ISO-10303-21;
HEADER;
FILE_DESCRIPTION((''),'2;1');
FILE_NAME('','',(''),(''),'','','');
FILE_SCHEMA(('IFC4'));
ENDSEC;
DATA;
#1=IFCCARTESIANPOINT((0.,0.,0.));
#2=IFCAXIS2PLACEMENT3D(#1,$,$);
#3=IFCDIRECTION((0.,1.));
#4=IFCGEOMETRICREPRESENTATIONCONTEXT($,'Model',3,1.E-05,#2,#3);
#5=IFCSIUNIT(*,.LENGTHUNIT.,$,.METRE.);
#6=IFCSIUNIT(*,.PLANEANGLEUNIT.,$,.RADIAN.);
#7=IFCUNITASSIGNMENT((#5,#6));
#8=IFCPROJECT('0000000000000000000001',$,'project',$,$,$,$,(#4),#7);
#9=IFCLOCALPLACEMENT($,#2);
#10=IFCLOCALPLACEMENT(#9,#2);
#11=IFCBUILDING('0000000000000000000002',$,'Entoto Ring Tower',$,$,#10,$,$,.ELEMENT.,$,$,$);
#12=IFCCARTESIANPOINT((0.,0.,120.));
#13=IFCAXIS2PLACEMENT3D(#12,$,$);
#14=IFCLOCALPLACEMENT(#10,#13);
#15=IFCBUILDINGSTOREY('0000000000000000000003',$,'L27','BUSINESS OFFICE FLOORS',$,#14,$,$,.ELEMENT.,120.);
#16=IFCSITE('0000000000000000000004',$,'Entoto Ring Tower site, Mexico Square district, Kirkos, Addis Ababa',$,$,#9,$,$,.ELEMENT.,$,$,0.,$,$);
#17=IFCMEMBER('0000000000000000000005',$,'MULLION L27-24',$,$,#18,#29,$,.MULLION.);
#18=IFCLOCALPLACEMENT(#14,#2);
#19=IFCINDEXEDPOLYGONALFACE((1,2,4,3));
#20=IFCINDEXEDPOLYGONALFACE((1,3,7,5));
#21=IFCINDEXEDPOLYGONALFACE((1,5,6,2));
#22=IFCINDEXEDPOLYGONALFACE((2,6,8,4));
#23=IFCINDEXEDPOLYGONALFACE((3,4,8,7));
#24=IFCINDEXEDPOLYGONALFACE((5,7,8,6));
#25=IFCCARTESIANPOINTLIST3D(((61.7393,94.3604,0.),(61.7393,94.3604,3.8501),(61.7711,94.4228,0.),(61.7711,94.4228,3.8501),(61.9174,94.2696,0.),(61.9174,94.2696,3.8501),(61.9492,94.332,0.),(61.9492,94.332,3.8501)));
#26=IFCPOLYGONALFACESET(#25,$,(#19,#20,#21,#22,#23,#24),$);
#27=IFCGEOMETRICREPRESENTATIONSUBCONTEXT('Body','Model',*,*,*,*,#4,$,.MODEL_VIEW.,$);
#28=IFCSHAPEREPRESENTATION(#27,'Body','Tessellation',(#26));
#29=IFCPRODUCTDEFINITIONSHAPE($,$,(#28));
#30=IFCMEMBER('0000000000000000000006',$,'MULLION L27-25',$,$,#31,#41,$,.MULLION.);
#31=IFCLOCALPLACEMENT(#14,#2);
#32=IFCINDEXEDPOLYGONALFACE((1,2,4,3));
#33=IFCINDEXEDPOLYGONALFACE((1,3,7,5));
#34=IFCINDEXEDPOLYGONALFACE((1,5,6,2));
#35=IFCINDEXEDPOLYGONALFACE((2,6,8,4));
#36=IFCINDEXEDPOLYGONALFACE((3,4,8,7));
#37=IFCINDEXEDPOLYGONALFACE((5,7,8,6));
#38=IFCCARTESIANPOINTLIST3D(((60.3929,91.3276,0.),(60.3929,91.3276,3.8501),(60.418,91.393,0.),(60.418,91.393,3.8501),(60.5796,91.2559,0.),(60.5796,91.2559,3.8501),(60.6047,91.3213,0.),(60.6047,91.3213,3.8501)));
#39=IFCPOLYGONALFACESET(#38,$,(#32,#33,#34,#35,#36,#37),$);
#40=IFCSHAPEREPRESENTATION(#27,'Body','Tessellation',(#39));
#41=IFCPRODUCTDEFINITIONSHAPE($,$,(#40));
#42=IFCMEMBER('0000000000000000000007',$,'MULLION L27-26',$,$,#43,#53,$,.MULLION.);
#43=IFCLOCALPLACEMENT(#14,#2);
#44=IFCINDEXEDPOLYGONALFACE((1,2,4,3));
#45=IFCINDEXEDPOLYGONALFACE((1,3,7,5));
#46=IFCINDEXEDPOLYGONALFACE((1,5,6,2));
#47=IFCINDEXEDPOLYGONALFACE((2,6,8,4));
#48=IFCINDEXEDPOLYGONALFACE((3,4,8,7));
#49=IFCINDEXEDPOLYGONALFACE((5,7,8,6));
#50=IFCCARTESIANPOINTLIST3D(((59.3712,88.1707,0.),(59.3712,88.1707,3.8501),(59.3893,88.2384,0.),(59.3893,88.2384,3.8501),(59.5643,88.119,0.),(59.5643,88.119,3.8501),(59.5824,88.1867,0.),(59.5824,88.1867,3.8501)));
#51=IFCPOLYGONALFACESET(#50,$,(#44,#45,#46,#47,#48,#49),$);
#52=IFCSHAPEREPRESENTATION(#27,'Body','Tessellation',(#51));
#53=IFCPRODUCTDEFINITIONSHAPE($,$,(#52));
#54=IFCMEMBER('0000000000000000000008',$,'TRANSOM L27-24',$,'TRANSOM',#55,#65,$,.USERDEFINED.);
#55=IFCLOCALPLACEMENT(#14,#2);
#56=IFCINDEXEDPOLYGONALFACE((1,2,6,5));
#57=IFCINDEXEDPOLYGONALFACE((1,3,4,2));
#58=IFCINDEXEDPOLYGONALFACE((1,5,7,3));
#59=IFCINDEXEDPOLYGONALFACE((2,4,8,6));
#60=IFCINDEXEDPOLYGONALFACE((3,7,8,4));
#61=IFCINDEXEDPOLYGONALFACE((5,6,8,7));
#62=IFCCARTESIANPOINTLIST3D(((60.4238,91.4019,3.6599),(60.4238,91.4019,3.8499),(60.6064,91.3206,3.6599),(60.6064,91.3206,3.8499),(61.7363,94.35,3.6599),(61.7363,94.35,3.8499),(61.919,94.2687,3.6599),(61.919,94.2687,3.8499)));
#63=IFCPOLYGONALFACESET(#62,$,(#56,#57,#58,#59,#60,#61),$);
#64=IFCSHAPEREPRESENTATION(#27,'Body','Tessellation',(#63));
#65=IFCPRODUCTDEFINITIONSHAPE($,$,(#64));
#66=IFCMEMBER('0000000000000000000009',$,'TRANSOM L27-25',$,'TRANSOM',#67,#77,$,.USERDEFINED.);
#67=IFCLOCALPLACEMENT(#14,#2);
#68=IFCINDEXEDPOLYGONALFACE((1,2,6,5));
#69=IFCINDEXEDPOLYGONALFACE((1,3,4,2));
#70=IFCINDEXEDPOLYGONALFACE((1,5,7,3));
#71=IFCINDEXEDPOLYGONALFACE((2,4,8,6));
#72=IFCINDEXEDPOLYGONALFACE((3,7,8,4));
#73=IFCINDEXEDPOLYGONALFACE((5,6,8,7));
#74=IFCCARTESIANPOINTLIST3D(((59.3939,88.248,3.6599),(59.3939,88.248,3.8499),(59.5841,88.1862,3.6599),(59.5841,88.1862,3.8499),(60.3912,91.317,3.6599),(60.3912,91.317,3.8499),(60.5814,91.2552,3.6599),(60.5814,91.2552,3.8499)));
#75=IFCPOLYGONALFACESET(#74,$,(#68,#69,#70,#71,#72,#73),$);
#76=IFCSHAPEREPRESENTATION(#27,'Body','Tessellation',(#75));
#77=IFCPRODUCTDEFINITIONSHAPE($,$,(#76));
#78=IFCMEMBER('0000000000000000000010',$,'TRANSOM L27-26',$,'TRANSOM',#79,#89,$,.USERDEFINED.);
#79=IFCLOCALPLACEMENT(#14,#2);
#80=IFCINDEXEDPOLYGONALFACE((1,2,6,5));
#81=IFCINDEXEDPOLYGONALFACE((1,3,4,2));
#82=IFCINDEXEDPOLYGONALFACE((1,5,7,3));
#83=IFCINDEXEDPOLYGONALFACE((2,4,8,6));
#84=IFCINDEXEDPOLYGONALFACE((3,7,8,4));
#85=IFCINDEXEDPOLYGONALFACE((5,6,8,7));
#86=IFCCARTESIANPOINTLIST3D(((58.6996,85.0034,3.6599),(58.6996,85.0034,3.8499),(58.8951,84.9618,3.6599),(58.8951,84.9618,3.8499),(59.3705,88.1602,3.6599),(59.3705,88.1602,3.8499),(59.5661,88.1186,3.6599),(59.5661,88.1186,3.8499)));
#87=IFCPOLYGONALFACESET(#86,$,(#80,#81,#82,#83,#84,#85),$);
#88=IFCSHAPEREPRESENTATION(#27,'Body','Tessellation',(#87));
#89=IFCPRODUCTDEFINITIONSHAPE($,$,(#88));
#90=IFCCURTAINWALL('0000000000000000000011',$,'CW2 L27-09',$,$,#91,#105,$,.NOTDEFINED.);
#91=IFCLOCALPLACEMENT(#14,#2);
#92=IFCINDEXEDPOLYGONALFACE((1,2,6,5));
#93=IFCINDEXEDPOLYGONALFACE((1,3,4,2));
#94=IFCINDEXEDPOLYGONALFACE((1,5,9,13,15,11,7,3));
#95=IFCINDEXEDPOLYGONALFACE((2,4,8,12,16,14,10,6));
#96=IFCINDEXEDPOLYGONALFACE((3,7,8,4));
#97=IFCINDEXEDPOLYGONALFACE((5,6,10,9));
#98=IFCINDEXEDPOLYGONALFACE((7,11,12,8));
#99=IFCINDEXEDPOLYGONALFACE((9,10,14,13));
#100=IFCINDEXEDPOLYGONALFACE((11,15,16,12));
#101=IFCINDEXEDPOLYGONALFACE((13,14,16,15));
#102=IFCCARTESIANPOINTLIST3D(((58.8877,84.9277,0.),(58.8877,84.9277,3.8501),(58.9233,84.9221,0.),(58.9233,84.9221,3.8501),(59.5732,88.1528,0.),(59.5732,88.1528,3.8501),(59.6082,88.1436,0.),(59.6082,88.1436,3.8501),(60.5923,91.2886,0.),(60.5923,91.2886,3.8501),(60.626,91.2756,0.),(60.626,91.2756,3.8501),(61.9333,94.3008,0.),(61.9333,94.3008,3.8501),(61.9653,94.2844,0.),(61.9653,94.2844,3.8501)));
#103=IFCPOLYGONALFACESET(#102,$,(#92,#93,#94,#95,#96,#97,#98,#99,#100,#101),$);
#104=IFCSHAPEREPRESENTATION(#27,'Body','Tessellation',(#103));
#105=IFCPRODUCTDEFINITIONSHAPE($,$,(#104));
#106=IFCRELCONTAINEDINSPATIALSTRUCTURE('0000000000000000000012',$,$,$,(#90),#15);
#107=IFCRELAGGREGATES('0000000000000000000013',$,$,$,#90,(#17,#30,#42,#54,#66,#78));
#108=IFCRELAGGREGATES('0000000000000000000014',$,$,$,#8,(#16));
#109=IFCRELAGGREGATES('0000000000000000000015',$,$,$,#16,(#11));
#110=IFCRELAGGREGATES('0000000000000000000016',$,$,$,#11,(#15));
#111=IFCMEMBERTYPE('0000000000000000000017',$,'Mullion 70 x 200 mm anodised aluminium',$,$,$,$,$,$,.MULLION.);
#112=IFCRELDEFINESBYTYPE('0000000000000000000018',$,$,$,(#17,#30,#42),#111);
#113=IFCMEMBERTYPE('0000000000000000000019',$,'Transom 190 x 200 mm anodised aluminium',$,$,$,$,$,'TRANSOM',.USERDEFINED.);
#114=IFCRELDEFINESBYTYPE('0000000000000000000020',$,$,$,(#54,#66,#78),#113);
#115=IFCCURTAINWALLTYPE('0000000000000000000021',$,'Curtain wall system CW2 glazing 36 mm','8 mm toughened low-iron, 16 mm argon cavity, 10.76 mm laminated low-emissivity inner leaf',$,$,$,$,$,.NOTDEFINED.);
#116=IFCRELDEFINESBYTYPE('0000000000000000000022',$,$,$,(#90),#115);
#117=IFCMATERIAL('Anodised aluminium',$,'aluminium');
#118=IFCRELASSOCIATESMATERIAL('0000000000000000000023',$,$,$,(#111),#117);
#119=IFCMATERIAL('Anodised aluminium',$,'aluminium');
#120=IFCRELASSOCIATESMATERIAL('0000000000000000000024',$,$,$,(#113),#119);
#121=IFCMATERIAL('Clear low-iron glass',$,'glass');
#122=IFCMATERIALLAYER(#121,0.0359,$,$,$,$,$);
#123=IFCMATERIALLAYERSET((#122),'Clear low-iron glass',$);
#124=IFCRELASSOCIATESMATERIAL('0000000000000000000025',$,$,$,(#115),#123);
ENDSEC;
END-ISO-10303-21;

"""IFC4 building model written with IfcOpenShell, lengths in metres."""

from ifc_helpers import new_model, si_unit, direction, frame, origin, origin_2d, place, context, subcontext, project, spatial, polyline, rectangle, outline, extrude, material, layer, layer_set, material_profile, profile_set, type_object, element, aggregate, save


model = new_model("IFC4")

# Units and contexts
model_context = context("Model", 3, precision=1e-05, world=origin(), true_north=direction((0.0, 1.0)))
body_context = subcontext(model_context, "Body", "Model", "MODEL_VIEW")
ifc_project = project(units=[si_unit("LENGTHUNIT", "METRE"), si_unit("PLANEANGLEUNIT", "RADIAN")], contexts=[model_context])

# Members
ifc_material_1 = material(Name="Anodised aluminium", Category="aluminium")
ifc_material_profile_1 = material_profile(ifc_material_1, rectangle(XDim=0.0701, YDim=0.2, at=origin_2d()), Name="Mullion 70 x 200 mm anodised aluminium")
ifc_profile_set_1 = profile_set([ifc_material_profile_1], Name="Anodised aluminium")
member_type_1 = type_object("IfcMemberType", Name="Mullion 70 x 200 mm anodised aluminium", PredefinedType="MULLION", material=ifc_profile_set_1)
site_placement = place(None, origin())
building_placement = place(site_placement, origin())
storey_placement = place(building_placement, frame((0.0, 0.0, 120.0)))
member_1_placement = place(storey_placement, frame((61.8442, 94.3462, 0.0), z_axis=(0.0, 0.0, 1.0), x_axis=(-0.45399, -0.891007, 0.0)))
member_1 = element("IfcMember", 1, at=member_1_placement, type_object=member_type_1, Name="MULLION L27-24", PredefinedType="MULLION", context=body_context, shape_type="SweptSolid", body=[
    extrude(rectangle(XDim=0.0701, YDim=0.2, at=origin_2d()), origin(), (0.0, 0.0, 1.0), 3.8501),
])
member_2_placement = place(storey_placement, frame((60.4988, 91.3245, 0.0), z_axis=(0.0, 0.0, 1.0), x_axis=(-0.358368, -0.93358, 0.0)))
member_2 = element("IfcMember", 2, at=member_2_placement, type_object=member_type_1, Name="MULLION L27-25", PredefinedType="MULLION", context=body_context, shape_type="SweptSolid", body=[
    extrude(rectangle(XDim=0.0701, YDim=0.2, at=origin_2d()), origin(), (0.0, 0.0, 1.0), 3.8501),
])
member_3_placement = place(storey_placement, frame((59.4768, 88.1787, 0.0), z_axis=(0.0, 0.0, 1.0), x_axis=(-0.258819, -0.965926, 0.0)))
member_3 = element("IfcMember", 3, at=member_3_placement, type_object=member_type_1, Name="MULLION L27-26", PredefinedType="MULLION", context=body_context, shape_type="SweptSolid", body=[
    extrude(rectangle(XDim=0.0701, YDim=0.2, at=origin_2d()), origin(), (0.0, 0.0, 1.0), 3.8501),
])
ifc_material_2 = material(Name="Anodised aluminium", Category="aluminium")
ifc_material_profile_2 = material_profile(ifc_material_2, rectangle(XDim=0.2, YDim=0.1899, at=origin_2d()), Name="Transom 190 x 200 mm anodised aluminium")
ifc_profile_set_2 = profile_set([ifc_material_profile_2], Name="Anodised aluminium")
member_type_2 = type_object("IfcMemberType", Name="Transom 190 x 200 mm anodised aluminium", ElementType="TRANSOM", PredefinedType="USERDEFINED", material=ifc_profile_set_2)
member_4_placement = place(storey_placement, frame((61.8276, 94.3093, 3.7549), z_axis=(-0.406728, -0.913549, 0.0), x_axis=(0.913549, -0.406728, 0.0)))
member_4 = element("IfcMember", 4, at=member_4_placement, type_object=member_type_2, Name="TRANSOM L27-24", ObjectType="TRANSOM", PredefinedType="USERDEFINED", context=body_context, shape_type="SweptSolid", body=[
    extrude(rectangle(XDim=0.2, YDim=0.1899, at=origin_2d()), origin(), (0.0, 0.0, 1.0), 3.2271),
])
member_5_placement = place(storey_placement, frame((60.4863, 91.2861, 3.7549), z_axis=(-0.309047, -0.951047, 0.0), x_axis=(0.951047, -0.309047, 0.0)))
member_5 = element("IfcMember", 5, at=member_5_placement, type_object=member_type_2, Name="TRANSOM L27-25", ObjectType="TRANSOM", PredefinedType="USERDEFINED", context=body_context, shape_type="SweptSolid", body=[
    extrude(rectangle(XDim=0.2, YDim=0.1899, at=origin_2d()), origin(), (0.0, 0.0, 1.0), 3.2271),
])
member_6_placement = place(storey_placement, frame((59.4683, 88.1394, 3.7549), z_axis=(-0.207886, -0.978153, 0.0), x_axis=(0.978153, -0.207886, 0.0)))
member_6 = element("IfcMember", 6, at=member_6_placement, type_object=member_type_2, Name="TRANSOM L27-26", ObjectType="TRANSOM", PredefinedType="USERDEFINED", context=body_context, shape_type="SweptSolid", body=[
    extrude(rectangle(XDim=0.2, YDim=0.1899, at=origin_2d()), origin(), (0.0, 0.0, 1.0), 3.2273),
])

# Site, building, storey
site = spatial("IfcSite", under=ifc_project, at=site_placement, Name="Entoto Ring Tower site, Mexico Square district, Kirkos, Addis Ababa", CompositionType="ELEMENT", RefElevation=0.0)
building = spatial("IfcBuilding", under=site, at=building_placement, Name="Entoto Ring Tower", CompositionType="ELEMENT")
storey = spatial("IfcBuildingStorey", under=building, at=storey_placement, Name="L27", Description="BUSINESS OFFICE FLOORS", CompositionType="ELEMENT", Elevation=120.0)

# Curtain wall
ifc_material_3 = material(Name="Clear low-iron glass", Category="glass")
ifc_layer = layer(ifc_material_3, 0.0359)
ifc_layer_set = layer_set([ifc_layer], Name="Clear low-iron glass")
curtain_wall_type = type_object("IfcCurtainWallType", Name="Curtain wall system CW2 glazing 36 mm", Description="8 mm toughened low-iron, 16 mm argon cavity, 10.76 mm laminated low-emissivity inner leaf", PredefinedType="NOTDEFINED", material=ifc_layer_set)
curtain_wall_1_placement = place(storey_placement, origin())
curtain_wall_1 = element("IfcCurtainWall", 7, at=curtain_wall_1_placement, inside=storey, type_object=curtain_wall_type, Name="CW2 L27-09", PredefinedType="NOTDEFINED", context=body_context, shape_type="SweptSolid", body=[
    extrude(outline(polyline([(61.9333, 94.3008), (60.5923, 91.2886), (59.5732, 88.1528), (58.8877, 84.9277), (58.9233, 84.9221), (59.6082, 88.1436), (60.626, 91.2756), (61.9653, 94.2844), (61.9333, 94.3008)])), origin(), (0.0, 0.0, 1.0), 3.8501),
])
aggregate(curtain_wall_1, [member_1, member_2, member_3, member_4, member_5, member_6])

save(model, "model.ifc")
